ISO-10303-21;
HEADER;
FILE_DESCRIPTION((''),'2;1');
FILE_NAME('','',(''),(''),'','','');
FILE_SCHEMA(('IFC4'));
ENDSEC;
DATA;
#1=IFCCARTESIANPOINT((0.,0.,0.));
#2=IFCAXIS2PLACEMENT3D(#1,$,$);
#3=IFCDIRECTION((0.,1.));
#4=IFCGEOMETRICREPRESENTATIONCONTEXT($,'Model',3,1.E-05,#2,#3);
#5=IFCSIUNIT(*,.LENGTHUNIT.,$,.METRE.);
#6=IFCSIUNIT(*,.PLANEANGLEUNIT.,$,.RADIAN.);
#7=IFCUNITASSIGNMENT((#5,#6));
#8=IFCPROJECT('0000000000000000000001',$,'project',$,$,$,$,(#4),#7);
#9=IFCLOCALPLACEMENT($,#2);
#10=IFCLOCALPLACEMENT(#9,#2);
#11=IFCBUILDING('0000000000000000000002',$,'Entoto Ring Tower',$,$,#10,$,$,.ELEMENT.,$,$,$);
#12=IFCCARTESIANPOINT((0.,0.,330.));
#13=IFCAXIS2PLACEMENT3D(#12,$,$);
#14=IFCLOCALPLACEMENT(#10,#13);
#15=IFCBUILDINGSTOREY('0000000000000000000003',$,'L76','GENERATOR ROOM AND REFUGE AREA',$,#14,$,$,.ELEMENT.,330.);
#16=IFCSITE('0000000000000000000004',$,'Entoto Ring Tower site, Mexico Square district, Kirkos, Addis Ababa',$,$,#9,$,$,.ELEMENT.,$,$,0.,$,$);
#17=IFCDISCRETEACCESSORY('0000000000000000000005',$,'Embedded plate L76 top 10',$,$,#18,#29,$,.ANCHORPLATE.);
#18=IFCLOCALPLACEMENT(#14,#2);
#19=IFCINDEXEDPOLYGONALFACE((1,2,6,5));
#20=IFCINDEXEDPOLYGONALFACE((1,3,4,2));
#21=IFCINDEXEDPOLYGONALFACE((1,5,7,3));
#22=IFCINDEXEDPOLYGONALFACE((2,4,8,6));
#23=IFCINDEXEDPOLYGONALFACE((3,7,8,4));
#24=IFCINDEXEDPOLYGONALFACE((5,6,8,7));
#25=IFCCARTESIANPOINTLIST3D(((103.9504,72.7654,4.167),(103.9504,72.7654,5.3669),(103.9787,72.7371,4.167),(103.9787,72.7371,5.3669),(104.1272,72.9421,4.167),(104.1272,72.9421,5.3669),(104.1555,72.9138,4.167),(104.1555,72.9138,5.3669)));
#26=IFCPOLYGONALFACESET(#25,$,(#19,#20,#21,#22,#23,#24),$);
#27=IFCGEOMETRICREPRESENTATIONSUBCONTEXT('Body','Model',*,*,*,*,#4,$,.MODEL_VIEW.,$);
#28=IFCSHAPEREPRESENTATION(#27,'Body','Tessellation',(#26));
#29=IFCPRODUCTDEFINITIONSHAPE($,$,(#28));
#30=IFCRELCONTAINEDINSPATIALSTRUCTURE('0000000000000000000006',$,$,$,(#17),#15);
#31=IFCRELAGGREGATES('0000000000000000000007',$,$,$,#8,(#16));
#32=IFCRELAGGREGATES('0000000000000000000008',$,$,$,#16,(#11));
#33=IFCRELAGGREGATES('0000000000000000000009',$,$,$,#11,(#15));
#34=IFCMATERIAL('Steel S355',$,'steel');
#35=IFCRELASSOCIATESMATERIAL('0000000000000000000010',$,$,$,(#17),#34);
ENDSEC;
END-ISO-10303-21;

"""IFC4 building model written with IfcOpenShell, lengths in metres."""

from ifc_helpers import new_model, si_unit, direction, frame, origin, origin_2d, place, context, subcontext, project, spatial, rectangle, extrude, material, element, save


model = new_model("IFC4")

# Units and contexts
model_context = context("Model", 3, precision=1e-05, world=origin(), true_north=direction((0.0, 1.0)))
body_context = subcontext(model_context, "Body", "Model", "MODEL_VIEW")
ifc_project = project(units=[si_unit("LENGTHUNIT", "METRE"), si_unit("PLANEANGLEUNIT", "RADIAN")], contexts=[model_context])

# Site, building, storey
site_placement = place(None, origin())
site = spatial("IfcSite", under=ifc_project, at=site_placement, Name="Entoto Ring Tower site, Mexico Square district, Kirkos, Addis Ababa", CompositionType="ELEMENT", RefElevation=0.0)
building_placement = place(site_placement, origin())
building = spatial("IfcBuilding", under=site, at=building_placement, Name="Entoto Ring Tower", CompositionType="ELEMENT")
storey_placement = place(building_placement, frame((0.0, 0.0, 330.0)))
storey = spatial("IfcBuildingStorey", under=building, at=storey_placement, Name="L76", Description="GENERATOR ROOM AND REFUGE AREA", CompositionType="ELEMENT", Elevation=330.0)

# Discrete accessory
ifc_material_1 = material(Name="Steel S355", Category="steel")
for number, where, z_axis, x_axis, name in (
    (1, (104.053, 72.8396, 4.167), (0.0, 0.0, 1.0), (0.707107, -0.707107, 0.0), "Embedded plate L76 top 10"),
):
    element("IfcDiscreteAccessory", number, at=place(storey_placement, frame(where, z_axis=z_axis, x_axis=x_axis)), inside=storey, material=ifc_material_1, Name=name, PredefinedType="ANCHORPLATE", context=body_context, shape_type="SweptSolid", body=[
        extrude(rectangle(XDim=0.04, YDim=0.25, at=origin_2d()), origin(), (0.0, 0.0, 1.0), 1.2),
    ])

save(model, "model.ifc")
